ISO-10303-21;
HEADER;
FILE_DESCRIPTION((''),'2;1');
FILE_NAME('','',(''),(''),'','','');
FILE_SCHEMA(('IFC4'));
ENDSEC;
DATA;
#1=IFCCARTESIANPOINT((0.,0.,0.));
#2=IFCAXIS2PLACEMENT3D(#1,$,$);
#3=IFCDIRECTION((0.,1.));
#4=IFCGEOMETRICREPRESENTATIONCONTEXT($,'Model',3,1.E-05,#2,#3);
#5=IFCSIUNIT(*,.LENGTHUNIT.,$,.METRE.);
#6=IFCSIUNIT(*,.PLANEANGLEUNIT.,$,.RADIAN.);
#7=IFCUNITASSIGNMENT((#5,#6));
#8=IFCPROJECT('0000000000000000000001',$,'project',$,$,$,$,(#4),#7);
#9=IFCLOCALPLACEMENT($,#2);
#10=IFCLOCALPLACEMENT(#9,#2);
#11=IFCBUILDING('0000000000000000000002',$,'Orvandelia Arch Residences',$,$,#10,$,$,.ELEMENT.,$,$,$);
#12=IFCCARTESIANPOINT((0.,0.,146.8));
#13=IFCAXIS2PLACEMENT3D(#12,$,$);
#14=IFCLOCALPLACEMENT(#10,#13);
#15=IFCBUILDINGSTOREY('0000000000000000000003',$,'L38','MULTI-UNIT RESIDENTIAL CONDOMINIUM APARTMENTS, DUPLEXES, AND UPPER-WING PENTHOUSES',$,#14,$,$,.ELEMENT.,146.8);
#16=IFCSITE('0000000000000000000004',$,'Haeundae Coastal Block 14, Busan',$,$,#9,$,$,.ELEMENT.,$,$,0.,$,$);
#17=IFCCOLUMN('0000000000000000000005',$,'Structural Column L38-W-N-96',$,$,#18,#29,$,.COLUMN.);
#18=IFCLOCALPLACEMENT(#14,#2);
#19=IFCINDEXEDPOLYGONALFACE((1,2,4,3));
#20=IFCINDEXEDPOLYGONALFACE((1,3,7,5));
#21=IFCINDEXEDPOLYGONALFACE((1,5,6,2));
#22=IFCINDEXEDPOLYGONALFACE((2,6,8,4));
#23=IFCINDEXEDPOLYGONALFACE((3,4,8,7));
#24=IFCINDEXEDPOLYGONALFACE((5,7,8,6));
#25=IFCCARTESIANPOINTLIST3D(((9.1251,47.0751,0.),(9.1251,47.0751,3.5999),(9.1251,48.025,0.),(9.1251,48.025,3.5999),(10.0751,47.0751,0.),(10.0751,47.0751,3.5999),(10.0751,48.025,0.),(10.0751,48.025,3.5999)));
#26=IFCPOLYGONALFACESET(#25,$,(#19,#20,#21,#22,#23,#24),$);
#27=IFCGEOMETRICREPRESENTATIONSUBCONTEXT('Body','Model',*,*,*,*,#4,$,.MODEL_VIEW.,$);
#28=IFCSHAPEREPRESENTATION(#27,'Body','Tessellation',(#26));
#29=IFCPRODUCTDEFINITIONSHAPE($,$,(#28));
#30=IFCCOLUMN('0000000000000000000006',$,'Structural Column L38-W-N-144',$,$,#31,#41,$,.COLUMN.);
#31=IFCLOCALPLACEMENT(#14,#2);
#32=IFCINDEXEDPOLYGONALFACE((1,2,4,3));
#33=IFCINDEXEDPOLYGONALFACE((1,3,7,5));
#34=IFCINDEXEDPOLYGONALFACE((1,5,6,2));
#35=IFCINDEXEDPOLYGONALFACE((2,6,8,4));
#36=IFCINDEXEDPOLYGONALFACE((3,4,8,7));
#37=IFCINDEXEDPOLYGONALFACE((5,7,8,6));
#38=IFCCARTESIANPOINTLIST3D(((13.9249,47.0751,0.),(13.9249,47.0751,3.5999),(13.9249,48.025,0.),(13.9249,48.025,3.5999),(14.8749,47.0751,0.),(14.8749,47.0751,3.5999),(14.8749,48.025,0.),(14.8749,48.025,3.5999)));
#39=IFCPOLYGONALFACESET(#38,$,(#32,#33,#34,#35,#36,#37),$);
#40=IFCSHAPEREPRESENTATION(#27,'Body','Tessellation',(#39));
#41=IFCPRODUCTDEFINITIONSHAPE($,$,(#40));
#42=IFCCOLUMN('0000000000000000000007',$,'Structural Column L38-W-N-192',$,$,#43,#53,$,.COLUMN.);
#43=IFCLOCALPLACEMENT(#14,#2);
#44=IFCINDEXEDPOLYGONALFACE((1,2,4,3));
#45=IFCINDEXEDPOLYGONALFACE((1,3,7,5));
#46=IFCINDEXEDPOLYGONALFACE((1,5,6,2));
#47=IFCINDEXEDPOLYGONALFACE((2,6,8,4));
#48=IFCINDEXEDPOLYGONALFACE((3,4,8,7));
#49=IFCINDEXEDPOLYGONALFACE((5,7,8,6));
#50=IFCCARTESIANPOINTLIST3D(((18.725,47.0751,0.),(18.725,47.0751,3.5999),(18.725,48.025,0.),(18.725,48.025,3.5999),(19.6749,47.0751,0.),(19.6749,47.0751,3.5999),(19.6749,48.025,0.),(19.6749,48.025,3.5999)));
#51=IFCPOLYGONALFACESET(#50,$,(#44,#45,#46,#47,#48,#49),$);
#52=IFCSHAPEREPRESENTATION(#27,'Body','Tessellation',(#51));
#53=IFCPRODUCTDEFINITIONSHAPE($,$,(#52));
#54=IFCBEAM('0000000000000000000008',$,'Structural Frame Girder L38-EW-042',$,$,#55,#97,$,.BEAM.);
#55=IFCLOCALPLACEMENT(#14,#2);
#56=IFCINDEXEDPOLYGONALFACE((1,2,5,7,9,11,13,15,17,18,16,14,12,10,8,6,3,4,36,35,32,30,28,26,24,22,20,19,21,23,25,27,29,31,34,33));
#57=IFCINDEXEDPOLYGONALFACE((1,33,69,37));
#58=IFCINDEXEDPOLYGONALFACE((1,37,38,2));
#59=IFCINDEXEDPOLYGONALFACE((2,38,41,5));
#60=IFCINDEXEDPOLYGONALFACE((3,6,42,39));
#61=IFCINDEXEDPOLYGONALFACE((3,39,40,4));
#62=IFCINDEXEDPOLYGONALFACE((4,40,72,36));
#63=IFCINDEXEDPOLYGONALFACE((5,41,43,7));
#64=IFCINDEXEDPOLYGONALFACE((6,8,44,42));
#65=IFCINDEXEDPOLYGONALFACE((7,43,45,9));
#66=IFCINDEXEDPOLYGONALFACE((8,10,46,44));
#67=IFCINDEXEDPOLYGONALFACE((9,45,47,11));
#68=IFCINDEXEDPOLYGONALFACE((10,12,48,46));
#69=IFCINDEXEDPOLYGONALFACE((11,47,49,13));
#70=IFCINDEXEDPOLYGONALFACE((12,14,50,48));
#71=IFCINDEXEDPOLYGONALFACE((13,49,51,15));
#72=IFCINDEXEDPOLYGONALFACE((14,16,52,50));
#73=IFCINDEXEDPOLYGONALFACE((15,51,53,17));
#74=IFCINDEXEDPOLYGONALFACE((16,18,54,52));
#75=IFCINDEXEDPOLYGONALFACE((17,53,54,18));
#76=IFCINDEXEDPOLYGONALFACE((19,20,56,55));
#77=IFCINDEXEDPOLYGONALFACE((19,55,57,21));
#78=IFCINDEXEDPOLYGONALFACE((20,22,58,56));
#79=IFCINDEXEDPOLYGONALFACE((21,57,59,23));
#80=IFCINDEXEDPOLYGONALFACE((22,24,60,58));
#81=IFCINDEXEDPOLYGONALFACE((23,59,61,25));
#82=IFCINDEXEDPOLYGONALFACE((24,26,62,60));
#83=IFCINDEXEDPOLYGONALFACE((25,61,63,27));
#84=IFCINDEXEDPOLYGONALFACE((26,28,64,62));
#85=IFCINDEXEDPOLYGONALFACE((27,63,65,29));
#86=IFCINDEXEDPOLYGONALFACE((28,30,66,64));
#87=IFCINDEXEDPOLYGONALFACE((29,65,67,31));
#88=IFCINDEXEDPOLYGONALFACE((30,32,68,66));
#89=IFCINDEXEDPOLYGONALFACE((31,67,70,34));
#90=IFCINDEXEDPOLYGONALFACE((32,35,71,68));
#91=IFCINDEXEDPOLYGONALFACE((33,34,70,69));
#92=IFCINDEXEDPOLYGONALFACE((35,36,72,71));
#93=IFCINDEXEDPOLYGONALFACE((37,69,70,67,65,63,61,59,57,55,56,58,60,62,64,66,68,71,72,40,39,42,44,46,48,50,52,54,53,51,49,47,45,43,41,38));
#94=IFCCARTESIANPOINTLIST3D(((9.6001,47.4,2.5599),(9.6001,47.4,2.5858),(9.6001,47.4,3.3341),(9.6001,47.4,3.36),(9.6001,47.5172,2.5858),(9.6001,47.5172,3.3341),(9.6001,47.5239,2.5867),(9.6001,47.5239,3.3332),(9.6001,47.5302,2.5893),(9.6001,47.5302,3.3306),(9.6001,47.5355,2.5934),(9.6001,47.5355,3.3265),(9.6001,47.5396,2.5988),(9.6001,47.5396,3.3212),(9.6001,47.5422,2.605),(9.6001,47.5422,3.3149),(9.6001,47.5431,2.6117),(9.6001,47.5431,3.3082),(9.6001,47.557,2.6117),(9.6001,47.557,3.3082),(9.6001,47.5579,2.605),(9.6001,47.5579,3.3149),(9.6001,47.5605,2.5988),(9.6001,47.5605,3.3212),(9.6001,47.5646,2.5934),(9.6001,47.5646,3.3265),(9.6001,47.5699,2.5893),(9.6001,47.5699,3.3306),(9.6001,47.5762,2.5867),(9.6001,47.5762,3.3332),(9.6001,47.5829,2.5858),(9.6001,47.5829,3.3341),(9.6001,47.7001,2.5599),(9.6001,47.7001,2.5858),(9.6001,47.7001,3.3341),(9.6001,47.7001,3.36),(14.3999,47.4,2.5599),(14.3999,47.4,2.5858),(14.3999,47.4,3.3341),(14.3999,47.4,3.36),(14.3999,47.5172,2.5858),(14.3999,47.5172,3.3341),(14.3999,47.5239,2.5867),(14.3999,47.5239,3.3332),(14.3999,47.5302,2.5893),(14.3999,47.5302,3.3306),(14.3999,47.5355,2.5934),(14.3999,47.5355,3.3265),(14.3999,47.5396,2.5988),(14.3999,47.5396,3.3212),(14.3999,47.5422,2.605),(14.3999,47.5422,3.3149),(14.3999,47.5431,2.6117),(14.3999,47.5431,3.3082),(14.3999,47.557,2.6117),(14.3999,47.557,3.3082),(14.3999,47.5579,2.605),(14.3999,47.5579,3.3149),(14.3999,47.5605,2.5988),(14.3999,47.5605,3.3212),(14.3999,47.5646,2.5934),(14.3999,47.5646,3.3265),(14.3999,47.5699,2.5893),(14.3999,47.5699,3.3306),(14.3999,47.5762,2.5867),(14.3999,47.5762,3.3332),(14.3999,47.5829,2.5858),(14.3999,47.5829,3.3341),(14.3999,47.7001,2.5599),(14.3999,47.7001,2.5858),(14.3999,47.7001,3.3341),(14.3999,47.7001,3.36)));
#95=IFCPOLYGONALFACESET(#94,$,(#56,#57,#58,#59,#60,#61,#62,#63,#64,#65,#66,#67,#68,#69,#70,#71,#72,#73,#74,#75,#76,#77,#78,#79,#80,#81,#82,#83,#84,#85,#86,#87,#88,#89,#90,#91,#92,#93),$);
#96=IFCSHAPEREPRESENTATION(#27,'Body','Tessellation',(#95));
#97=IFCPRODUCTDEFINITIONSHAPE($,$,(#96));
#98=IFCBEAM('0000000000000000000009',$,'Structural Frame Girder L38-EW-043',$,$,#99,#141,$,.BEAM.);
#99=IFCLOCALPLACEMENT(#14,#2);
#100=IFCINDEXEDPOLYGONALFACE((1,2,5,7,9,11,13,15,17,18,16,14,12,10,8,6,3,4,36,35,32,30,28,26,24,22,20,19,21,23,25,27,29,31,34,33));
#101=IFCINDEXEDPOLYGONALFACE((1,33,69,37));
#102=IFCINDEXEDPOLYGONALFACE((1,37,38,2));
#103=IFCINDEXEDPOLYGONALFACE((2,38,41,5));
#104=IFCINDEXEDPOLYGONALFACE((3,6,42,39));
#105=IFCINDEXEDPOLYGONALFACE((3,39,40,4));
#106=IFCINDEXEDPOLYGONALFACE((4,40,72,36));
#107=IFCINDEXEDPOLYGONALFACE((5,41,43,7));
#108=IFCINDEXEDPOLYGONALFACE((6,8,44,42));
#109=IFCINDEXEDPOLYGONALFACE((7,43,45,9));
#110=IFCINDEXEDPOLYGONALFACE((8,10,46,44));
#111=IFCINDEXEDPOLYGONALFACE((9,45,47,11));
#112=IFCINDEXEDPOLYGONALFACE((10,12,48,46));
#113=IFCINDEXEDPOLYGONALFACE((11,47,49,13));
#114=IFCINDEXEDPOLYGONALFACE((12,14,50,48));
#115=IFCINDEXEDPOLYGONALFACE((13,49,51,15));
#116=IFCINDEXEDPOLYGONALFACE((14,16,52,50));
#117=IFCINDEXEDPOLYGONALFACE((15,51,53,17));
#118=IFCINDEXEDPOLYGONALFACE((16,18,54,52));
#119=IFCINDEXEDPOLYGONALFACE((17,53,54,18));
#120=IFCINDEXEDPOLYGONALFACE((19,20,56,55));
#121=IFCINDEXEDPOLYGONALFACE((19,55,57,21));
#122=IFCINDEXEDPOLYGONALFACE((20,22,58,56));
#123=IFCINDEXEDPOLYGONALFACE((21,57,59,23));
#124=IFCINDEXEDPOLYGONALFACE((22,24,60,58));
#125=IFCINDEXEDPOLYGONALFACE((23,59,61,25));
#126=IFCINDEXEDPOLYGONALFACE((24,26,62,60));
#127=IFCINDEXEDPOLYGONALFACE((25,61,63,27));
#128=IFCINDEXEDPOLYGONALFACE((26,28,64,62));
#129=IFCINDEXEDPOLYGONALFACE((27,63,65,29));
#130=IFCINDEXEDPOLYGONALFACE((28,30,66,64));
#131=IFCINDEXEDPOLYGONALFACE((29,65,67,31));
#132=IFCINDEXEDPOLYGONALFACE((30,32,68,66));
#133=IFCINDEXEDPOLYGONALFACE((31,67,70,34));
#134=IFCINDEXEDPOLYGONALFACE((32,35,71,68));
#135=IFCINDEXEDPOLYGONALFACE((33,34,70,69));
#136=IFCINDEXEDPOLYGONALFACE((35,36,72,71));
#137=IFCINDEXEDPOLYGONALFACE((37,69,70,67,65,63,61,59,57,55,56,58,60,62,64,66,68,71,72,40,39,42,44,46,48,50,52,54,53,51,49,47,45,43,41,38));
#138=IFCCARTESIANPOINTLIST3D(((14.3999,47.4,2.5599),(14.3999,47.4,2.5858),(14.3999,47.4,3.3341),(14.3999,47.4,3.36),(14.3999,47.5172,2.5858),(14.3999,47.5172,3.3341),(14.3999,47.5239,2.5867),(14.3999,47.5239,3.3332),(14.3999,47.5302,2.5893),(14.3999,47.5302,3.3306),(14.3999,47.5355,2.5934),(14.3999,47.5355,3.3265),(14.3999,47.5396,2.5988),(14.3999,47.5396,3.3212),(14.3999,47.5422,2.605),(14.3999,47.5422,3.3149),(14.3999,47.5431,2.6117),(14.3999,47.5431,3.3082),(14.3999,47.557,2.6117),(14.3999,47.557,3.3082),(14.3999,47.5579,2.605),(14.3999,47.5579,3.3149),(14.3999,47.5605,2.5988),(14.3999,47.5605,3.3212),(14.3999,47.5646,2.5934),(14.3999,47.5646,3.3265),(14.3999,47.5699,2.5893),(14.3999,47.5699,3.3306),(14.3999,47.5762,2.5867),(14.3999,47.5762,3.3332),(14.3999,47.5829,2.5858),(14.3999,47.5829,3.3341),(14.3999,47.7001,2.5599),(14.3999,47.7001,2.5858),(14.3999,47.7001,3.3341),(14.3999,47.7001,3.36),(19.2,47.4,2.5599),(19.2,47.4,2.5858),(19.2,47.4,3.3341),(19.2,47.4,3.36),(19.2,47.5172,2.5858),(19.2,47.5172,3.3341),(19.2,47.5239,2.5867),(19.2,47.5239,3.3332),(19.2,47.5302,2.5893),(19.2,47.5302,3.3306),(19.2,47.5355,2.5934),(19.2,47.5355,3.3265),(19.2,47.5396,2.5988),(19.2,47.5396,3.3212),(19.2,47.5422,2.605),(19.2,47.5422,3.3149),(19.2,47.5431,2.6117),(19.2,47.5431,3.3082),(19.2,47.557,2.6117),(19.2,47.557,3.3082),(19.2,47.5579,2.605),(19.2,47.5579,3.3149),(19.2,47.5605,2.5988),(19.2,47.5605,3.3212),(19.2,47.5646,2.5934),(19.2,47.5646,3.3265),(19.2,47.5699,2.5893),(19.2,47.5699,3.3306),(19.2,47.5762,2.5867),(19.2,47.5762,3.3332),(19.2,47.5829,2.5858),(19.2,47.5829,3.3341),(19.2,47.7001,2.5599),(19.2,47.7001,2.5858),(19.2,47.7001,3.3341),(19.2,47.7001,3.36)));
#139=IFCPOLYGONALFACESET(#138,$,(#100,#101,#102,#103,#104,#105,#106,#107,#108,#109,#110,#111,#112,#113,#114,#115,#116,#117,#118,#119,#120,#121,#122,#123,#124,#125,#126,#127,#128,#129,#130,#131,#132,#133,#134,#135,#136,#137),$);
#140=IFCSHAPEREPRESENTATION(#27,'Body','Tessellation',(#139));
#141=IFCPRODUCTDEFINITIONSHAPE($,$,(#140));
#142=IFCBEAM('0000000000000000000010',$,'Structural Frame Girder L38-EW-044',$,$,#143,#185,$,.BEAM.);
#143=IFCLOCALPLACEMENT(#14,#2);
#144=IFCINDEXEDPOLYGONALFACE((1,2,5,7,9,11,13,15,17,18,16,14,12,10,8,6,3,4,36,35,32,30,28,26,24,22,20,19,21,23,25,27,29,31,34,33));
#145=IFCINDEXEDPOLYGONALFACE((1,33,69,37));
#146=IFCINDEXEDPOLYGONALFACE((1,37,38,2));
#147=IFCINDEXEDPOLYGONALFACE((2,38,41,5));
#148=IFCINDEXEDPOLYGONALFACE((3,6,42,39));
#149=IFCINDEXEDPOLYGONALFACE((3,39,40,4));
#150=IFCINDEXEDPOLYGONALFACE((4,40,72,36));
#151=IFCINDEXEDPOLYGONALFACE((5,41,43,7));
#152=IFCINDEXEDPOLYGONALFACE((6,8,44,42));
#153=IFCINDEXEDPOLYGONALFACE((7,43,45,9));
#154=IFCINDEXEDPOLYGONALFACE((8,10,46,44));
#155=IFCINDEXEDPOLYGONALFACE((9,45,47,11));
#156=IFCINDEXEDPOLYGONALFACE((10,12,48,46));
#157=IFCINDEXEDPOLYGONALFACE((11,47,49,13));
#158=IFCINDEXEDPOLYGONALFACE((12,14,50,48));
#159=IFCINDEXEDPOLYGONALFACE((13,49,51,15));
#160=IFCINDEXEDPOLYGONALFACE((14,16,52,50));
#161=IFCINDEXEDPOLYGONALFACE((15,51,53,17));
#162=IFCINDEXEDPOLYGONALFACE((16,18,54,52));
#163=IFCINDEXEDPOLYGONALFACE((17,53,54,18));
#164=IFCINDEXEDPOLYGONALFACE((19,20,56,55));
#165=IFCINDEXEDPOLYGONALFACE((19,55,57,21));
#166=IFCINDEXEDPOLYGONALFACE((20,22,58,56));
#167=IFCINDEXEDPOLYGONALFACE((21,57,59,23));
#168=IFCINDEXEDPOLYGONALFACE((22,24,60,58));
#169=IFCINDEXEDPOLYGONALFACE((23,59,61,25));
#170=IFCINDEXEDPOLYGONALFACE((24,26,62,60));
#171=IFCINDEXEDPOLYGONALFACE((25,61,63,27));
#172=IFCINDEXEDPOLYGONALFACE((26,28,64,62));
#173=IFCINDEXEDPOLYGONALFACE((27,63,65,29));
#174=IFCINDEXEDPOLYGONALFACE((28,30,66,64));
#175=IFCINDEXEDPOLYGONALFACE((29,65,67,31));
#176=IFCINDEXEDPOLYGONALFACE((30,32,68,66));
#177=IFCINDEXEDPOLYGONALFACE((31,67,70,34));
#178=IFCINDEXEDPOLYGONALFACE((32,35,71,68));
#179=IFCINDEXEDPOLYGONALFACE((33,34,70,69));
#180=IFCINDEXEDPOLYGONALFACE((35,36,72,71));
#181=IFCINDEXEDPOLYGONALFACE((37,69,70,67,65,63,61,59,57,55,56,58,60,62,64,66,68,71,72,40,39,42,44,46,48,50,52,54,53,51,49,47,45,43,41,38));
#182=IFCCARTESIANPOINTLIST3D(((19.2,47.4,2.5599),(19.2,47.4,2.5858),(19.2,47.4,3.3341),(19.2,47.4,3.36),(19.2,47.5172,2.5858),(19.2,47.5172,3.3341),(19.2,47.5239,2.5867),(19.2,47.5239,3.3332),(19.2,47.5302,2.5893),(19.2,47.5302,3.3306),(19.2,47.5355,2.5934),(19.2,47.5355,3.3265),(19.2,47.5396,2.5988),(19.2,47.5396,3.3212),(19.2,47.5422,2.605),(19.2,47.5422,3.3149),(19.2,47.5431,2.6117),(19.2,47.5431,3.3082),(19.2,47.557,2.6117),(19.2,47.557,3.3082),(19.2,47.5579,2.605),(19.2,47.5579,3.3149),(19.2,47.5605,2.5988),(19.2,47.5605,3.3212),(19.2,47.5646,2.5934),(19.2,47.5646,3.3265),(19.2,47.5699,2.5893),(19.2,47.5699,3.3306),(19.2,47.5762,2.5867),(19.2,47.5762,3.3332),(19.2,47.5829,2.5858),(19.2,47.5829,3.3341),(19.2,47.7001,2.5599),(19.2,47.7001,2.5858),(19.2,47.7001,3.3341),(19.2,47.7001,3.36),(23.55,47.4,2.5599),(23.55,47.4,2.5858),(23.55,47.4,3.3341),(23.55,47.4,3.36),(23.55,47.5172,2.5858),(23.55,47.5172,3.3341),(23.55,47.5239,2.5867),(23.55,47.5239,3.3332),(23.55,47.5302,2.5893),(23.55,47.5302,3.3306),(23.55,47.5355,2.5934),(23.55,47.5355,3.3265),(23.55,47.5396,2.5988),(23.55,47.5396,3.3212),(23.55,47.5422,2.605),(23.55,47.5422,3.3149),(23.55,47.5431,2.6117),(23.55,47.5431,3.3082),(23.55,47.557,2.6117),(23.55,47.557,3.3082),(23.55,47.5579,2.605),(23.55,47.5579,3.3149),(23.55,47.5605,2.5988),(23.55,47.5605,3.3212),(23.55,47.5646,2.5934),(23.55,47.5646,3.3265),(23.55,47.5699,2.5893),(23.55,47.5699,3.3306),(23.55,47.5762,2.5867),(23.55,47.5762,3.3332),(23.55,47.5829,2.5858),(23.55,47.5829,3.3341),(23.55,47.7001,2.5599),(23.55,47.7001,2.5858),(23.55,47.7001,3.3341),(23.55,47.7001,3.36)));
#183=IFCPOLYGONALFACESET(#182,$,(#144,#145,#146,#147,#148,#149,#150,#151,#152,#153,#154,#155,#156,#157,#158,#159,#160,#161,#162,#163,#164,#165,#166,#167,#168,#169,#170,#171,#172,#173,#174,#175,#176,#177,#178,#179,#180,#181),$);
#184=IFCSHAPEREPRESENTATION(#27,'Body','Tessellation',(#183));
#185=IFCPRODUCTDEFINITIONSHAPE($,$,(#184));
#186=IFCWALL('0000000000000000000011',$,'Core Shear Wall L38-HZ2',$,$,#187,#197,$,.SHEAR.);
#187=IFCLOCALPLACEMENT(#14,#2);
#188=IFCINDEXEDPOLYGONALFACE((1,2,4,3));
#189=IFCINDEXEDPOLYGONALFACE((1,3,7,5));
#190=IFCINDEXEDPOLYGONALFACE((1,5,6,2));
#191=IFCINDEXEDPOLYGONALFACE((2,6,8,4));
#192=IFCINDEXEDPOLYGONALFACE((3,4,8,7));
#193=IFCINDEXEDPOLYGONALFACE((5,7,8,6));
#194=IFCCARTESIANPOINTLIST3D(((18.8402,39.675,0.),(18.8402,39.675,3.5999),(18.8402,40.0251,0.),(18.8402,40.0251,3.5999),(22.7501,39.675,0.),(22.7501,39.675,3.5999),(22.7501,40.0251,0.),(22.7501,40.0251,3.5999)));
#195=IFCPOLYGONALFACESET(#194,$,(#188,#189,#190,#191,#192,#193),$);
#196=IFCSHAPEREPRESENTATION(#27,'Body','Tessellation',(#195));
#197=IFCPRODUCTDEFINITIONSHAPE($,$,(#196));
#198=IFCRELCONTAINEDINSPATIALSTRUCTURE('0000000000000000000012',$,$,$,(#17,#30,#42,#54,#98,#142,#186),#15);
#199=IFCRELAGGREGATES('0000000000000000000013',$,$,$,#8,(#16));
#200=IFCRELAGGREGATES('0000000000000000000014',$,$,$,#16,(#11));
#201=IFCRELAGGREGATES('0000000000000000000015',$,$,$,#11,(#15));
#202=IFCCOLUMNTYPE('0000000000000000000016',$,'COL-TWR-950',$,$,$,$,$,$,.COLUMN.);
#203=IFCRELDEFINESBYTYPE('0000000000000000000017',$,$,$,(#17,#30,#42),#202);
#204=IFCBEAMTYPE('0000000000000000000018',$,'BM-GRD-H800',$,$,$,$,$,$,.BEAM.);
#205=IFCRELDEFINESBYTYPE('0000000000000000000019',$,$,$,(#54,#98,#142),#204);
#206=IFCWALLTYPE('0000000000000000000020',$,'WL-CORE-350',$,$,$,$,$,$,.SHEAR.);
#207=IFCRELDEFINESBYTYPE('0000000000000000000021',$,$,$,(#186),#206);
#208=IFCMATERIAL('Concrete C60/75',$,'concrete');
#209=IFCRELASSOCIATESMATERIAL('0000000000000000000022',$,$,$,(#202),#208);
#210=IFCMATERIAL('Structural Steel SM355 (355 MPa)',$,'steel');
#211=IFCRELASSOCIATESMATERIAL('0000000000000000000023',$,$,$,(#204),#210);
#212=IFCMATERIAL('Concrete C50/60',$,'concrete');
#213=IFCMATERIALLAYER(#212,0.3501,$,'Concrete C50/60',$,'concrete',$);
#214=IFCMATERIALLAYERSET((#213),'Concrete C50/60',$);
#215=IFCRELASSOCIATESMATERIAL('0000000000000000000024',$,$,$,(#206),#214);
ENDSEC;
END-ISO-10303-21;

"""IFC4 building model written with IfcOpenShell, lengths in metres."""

from ifc_helpers import new_model, si_unit, direction, frame, frame_2d, origin, origin_2d, place, context, subcontext, project, spatial, rectangle, i_section, extrude, material, layer, layer_set, material_profile, profile_set, type_object, element, save


model = new_model("IFC4")

# Units and contexts
model_context = context("Model", 3, precision=1e-05, world=origin(), true_north=direction((0.0, 1.0)))
body_context = subcontext(model_context, "Body", "Model", "MODEL_VIEW")
ifc_project = project(units=[si_unit("LENGTHUNIT", "METRE"), si_unit("PLANEANGLEUNIT", "RADIAN")], contexts=[model_context])

# Site, building, storey
site_placement = place(None, origin())
site = spatial("IfcSite", under=ifc_project, at=site_placement, Name="Haeundae Coastal Block 14, Busan", CompositionType="ELEMENT", RefElevation=0.0)
building_placement = place(site_placement, origin())
building = spatial("IfcBuilding", under=site, at=building_placement, Name="Orvandelia Arch Residences", CompositionType="ELEMENT")
storey_placement = place(building_placement, frame((0.0, 0.0, 146.8)))
storey = spatial("IfcBuildingStorey", under=building, at=storey_placement, Name="L38", Description="MULTI-UNIT RESIDENTIAL CONDOMINIUM APARTMENTS, DUPLEXES, AND UPPER-WING PENTHOUSES", CompositionType="ELEMENT", Elevation=146.8)

# Columns
ifc_material_1 = material(Name="Concrete C60/75", Category="concrete")
ifc_material_profile_1 = material_profile(ifc_material_1, rectangle(XDim=0.95, YDim=0.95, at=origin_2d()), Name="Concrete C60/75", Category="concrete")
ifc_profile_set_1 = profile_set([ifc_material_profile_1], Name="Concrete C60/75")
column_type = type_object("IfcColumnType", Name="COL-TWR-950", PredefinedType="COLUMN", material=ifc_profile_set_1)
for number, where, z_axis, x_axis, name in (
    (1, (9.6001, 47.55, 0.0), (0.0, 0.0, 1.0), (1.0, 0.0, 0.0), "Structural Column L38-W-N-96"),
    (2, (14.3999, 47.55, 0.0), (0.0, 0.0, 1.0), (1.0, 0.0, 0.0), "Structural Column L38-W-N-144"),
    (3, (19.2, 47.55, 0.0), (0.0, 0.0, 1.0), (1.0, 0.0, 0.0), "Structural Column L38-W-N-192"),
):
    element("IfcColumn", number, at=place(storey_placement, frame(where, z_axis=z_axis, x_axis=x_axis)), inside=storey, type_object=column_type, Name=name, PredefinedType="COLUMN", context=body_context, shape_type="SweptSolid", body=[
        extrude(rectangle(XDim=0.95, YDim=0.95, at=origin_2d()), origin(), (0.0, 0.0, 1.0), 3.5999),
    ])

# Beams
ifc_material_2 = material(Name="Structural Steel SM355 (355 MPa)", Category="steel")
ifc_material_profile_2 = material_profile(ifc_material_2, i_section(OverallWidth=0.3, OverallDepth=0.8, WebThickness=0.0139, FlangeThickness=0.0259, FilletRadius=0.0259, at=origin_2d()), Name="Structural Steel SM355 (355 MPa)", Category="steel")
ifc_profile_set_2 = profile_set([ifc_material_profile_2], Name="Structural Steel SM355 (355 MPa)")
beam_type = type_object("IfcBeamType", Name="BM-GRD-H800", PredefinedType="BEAM", material=ifc_profile_set_2)
beam_1_placement = place(storey_placement, frame((9.6001, 47.55, 2.96), z_axis=(1.0, 0.0, 0.0), x_axis=(0.0, 1.0, 0.0)))
element("IfcBeam", 4, at=beam_1_placement, inside=storey, type_object=beam_type, Name="Structural Frame Girder L38-EW-042", PredefinedType="BEAM", context=body_context, shape_type="SweptSolid", body=[
    extrude(i_section(OverallWidth=0.3, OverallDepth=0.8, WebThickness=0.0139, FlangeThickness=0.0259, FilletRadius=0.0259, at=origin_2d()), origin(), (0.0, 0.0, 1.0), 4.7998),
])
beam_2_placement = place(storey_placement, frame((14.3999, 47.55, 2.96), z_axis=(1.0, 0.0, 0.0), x_axis=(0.0, 1.0, 0.0)))
element("IfcBeam", 5, at=beam_2_placement, inside=storey, type_object=beam_type, Name="Structural Frame Girder L38-EW-043", PredefinedType="BEAM", context=body_context, shape_type="SweptSolid", body=[
    extrude(i_section(OverallWidth=0.3, OverallDepth=0.8, WebThickness=0.0139, FlangeThickness=0.0259, FilletRadius=0.0259, at=origin_2d()), origin(), (0.0, 0.0, 1.0), 4.8),
])
beam_3_placement = place(storey_placement, frame((19.2, 47.55, 2.96), z_axis=(1.0, 0.0, 0.0), x_axis=(0.0, 1.0, 0.0)))
element("IfcBeam", 6, at=beam_3_placement, inside=storey, type_object=beam_type, Name="Structural Frame Girder L38-EW-044", PredefinedType="BEAM", context=body_context, shape_type="SweptSolid", body=[
    extrude(i_section(OverallWidth=0.3, OverallDepth=0.8, WebThickness=0.0139, FlangeThickness=0.0259, FilletRadius=0.0259, at=origin_2d()), origin(), (0.0, 0.0, 1.0), 4.3501),
])

# Wall
ifc_material_3 = material(Name="Concrete C50/60", Category="concrete")
ifc_layer_1 = layer(ifc_material_3, 0.3501, Name="Concrete C50/60", Category="concrete")
ifc_layer_set_1 = layer_set([ifc_layer_1], Name="Concrete C50/60")
wall_type_1 = type_object("IfcWallType", Name="WL-CORE-350", PredefinedType="SHEAR", material=ifc_layer_set_1)
wall_1_placement = place(storey_placement, frame((18.8401, 39.8501, 0.0), z_axis=(0.0, 0.0, 1.0), x_axis=(1.0, 0.0, 0.0)))
element("IfcWall", 7, at=wall_1_placement, inside=storey, type_object=wall_type_1, Name="Core Shear Wall L38-HZ2", PredefinedType="SHEAR", context=body_context, shape_type="SweptSolid", body=[
    extrude(rectangle(XDim=3.9099, YDim=0.3501, at=frame_2d((1.9551, 0.0))), origin(), (0.0, 0.0, 1.0), 3.5999),
])

save(model, "model.ifc")
